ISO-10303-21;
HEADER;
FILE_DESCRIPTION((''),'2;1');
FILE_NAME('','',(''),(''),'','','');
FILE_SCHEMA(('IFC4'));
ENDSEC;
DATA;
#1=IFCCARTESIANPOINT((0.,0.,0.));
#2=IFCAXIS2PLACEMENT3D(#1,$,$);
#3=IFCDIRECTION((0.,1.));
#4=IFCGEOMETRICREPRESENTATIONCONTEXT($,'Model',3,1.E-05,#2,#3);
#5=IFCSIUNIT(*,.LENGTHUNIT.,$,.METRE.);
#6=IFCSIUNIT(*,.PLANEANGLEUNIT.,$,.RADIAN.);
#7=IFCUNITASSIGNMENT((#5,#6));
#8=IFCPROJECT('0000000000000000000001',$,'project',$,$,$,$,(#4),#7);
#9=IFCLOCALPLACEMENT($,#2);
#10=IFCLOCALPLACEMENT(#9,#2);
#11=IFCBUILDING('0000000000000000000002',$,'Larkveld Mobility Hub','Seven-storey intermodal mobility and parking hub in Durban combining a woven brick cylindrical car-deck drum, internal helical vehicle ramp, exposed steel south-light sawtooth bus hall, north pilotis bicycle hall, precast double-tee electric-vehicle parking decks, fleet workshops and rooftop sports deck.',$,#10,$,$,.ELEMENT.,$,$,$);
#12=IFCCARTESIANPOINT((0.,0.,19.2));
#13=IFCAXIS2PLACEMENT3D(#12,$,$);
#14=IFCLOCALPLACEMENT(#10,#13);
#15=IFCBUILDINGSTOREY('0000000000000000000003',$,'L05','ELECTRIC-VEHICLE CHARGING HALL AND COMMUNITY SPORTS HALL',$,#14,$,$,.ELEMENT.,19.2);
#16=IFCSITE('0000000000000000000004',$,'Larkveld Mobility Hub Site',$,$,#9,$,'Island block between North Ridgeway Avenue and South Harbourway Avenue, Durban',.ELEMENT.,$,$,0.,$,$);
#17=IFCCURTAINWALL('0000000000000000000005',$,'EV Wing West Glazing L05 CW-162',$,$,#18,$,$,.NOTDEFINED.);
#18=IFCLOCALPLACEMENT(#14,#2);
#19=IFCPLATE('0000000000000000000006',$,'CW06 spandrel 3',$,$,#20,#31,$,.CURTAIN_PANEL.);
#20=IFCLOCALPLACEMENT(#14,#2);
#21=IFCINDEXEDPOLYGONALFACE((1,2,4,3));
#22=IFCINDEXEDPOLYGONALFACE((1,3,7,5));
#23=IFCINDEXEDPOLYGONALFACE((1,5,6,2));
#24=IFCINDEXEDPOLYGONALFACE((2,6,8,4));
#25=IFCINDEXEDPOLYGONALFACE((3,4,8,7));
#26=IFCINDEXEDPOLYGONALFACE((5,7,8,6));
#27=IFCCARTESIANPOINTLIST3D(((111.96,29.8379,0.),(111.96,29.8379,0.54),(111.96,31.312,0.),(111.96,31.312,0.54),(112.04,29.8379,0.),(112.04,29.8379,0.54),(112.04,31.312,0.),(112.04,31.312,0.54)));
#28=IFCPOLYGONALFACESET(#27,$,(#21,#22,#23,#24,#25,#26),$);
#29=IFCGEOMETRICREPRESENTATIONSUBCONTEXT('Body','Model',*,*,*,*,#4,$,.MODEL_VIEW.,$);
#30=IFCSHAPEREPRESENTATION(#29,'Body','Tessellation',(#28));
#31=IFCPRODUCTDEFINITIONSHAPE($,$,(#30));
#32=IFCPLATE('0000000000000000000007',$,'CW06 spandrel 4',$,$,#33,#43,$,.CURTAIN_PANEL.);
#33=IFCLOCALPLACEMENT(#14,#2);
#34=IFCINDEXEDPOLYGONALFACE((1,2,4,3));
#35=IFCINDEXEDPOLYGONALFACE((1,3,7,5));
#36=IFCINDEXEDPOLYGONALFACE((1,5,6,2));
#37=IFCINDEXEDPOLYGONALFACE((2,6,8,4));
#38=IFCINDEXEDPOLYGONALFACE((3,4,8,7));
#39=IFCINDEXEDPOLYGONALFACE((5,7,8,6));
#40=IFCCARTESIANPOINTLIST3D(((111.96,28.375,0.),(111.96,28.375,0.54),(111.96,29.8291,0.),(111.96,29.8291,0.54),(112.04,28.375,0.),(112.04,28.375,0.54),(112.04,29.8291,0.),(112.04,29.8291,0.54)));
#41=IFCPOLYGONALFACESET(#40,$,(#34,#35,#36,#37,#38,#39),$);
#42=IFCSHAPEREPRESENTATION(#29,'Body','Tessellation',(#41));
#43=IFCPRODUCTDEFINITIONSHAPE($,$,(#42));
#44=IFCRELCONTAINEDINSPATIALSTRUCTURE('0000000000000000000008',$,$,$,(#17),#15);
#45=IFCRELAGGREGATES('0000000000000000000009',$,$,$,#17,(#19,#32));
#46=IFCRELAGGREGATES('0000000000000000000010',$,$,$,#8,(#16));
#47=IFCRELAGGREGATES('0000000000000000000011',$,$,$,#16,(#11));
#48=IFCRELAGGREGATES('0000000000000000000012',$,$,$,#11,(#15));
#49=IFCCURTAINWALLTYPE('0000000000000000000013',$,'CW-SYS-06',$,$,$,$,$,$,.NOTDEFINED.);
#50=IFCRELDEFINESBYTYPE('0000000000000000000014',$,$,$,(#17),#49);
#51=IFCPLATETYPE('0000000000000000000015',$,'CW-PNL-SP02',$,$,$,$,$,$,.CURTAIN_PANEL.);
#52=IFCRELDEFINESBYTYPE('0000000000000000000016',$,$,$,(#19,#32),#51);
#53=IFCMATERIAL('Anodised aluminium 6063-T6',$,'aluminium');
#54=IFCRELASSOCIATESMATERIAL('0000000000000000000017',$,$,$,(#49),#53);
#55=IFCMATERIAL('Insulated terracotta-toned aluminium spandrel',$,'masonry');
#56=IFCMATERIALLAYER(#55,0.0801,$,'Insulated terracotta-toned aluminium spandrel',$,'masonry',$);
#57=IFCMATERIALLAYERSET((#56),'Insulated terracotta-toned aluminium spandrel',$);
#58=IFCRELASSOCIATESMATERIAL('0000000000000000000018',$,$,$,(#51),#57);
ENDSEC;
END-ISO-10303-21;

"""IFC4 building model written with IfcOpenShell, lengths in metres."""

from ifc_helpers import new_model, si_unit, direction, frame, origin, origin_2d, place, context, subcontext, project, spatial, rectangle, extrude, material, layer, layer_set, type_object, element, aggregate, save


model = new_model("IFC4")

# Units and contexts
model_context = context("Model", 3, precision=1e-05, world=origin(), true_north=direction((0.0, 1.0)))
body_context = subcontext(model_context, "Body", "Model", "MODEL_VIEW")
ifc_project = project(units=[si_unit("LENGTHUNIT", "METRE"), si_unit("PLANEANGLEUNIT", "RADIAN")], contexts=[model_context])

# Site, building, storey
site_placement = place(None, origin())
site = spatial("IfcSite", under=ifc_project, at=site_placement, Name="Larkveld Mobility Hub Site", LongName="Island block between North Ridgeway Avenue and South Harbourway Avenue, Durban", CompositionType="ELEMENT", RefElevation=0.0)
building_placement = place(site_placement, origin())
building = spatial("IfcBuilding", under=site, at=building_placement, Name="Larkveld Mobility Hub", Description="Seven-storey intermodal mobility and parking hub in Durban combining a woven brick cylindrical car-deck drum, internal helical vehicle ramp, exposed steel south-light sawtooth bus hall, north pilotis bicycle hall, precast double-tee electric-vehicle parking decks, fleet workshops and rooftop sports deck.", CompositionType="ELEMENT")
storey_placement = place(building_placement, frame((0.0, 0.0, 19.2)))
storey = spatial("IfcBuildingStorey", under=building, at=storey_placement, Name="L05", Description="ELECTRIC-VEHICLE CHARGING HALL AND COMMUNITY SPORTS HALL", CompositionType="ELEMENT", Elevation=19.2)

# Shared definitions
ifc_material_1 = material(Name="Anodised aluminium 6063-T6", Category="aluminium")

# Curtain wall
curtain_wall_type_1 = type_object("IfcCurtainWallType", Name="CW-SYS-06", PredefinedType="NOTDEFINED", material=ifc_material_1)
curtain_wall_1_placement = place(storey_placement, origin())
curtain_wall_1 = element("IfcCurtainWall", 1, at=curtain_wall_1_placement, inside=storey, type_object=curtain_wall_type_1, Name="EV Wing West Glazing L05 CW-162", PredefinedType="NOTDEFINED")

# Plates
ifc_material_2 = material(Name="Insulated terracotta-toned aluminium spandrel", Category="masonry")
ifc_layer_1 = layer(ifc_material_2, 0.0801, Name="Insulated terracotta-toned aluminium spandrel", Category="masonry")
ifc_layer_set_1 = layer_set([ifc_layer_1], Name="Insulated terracotta-toned aluminium spandrel")
plate_type_1 = type_object("IfcPlateType", Name="CW-PNL-SP02", PredefinedType="CURTAIN_PANEL", material=ifc_layer_set_1)
plate_1_placement = place(storey_placement, frame((112.0, 30.575, 0.0), z_axis=(0.0, 0.0, 1.0), x_axis=(0.0, -1.0, 0.0)))
plate_1 = element("IfcPlate", 2, at=plate_1_placement, type_object=plate_type_1, Name="CW06 spandrel 3", PredefinedType="CURTAIN_PANEL", context=body_context, shape_type="SweptSolid", body=[
    extrude(rectangle(XDim=1.4741, YDim=0.0801, at=origin_2d()), origin(), (0.0, 0.0, 1.0), 0.54),
])
plate_2_placement = place(storey_placement, frame((112.0, 29.1021, 0.0), z_axis=(0.0, 0.0, 1.0), x_axis=(0.0, -1.0, 0.0)))
plate_2 = element("IfcPlate", 3, at=plate_2_placement, type_object=plate_type_1, Name="CW06 spandrel 4", PredefinedType="CURTAIN_PANEL", context=body_context, shape_type="SweptSolid", body=[
    extrude(rectangle(XDim=1.4541, YDim=0.0801, at=origin_2d()), origin(), (0.0, 0.0, 1.0), 0.54),
])
aggregate(curtain_wall_1, [plate_1, plate_2])

save(model, "model.ifc")
